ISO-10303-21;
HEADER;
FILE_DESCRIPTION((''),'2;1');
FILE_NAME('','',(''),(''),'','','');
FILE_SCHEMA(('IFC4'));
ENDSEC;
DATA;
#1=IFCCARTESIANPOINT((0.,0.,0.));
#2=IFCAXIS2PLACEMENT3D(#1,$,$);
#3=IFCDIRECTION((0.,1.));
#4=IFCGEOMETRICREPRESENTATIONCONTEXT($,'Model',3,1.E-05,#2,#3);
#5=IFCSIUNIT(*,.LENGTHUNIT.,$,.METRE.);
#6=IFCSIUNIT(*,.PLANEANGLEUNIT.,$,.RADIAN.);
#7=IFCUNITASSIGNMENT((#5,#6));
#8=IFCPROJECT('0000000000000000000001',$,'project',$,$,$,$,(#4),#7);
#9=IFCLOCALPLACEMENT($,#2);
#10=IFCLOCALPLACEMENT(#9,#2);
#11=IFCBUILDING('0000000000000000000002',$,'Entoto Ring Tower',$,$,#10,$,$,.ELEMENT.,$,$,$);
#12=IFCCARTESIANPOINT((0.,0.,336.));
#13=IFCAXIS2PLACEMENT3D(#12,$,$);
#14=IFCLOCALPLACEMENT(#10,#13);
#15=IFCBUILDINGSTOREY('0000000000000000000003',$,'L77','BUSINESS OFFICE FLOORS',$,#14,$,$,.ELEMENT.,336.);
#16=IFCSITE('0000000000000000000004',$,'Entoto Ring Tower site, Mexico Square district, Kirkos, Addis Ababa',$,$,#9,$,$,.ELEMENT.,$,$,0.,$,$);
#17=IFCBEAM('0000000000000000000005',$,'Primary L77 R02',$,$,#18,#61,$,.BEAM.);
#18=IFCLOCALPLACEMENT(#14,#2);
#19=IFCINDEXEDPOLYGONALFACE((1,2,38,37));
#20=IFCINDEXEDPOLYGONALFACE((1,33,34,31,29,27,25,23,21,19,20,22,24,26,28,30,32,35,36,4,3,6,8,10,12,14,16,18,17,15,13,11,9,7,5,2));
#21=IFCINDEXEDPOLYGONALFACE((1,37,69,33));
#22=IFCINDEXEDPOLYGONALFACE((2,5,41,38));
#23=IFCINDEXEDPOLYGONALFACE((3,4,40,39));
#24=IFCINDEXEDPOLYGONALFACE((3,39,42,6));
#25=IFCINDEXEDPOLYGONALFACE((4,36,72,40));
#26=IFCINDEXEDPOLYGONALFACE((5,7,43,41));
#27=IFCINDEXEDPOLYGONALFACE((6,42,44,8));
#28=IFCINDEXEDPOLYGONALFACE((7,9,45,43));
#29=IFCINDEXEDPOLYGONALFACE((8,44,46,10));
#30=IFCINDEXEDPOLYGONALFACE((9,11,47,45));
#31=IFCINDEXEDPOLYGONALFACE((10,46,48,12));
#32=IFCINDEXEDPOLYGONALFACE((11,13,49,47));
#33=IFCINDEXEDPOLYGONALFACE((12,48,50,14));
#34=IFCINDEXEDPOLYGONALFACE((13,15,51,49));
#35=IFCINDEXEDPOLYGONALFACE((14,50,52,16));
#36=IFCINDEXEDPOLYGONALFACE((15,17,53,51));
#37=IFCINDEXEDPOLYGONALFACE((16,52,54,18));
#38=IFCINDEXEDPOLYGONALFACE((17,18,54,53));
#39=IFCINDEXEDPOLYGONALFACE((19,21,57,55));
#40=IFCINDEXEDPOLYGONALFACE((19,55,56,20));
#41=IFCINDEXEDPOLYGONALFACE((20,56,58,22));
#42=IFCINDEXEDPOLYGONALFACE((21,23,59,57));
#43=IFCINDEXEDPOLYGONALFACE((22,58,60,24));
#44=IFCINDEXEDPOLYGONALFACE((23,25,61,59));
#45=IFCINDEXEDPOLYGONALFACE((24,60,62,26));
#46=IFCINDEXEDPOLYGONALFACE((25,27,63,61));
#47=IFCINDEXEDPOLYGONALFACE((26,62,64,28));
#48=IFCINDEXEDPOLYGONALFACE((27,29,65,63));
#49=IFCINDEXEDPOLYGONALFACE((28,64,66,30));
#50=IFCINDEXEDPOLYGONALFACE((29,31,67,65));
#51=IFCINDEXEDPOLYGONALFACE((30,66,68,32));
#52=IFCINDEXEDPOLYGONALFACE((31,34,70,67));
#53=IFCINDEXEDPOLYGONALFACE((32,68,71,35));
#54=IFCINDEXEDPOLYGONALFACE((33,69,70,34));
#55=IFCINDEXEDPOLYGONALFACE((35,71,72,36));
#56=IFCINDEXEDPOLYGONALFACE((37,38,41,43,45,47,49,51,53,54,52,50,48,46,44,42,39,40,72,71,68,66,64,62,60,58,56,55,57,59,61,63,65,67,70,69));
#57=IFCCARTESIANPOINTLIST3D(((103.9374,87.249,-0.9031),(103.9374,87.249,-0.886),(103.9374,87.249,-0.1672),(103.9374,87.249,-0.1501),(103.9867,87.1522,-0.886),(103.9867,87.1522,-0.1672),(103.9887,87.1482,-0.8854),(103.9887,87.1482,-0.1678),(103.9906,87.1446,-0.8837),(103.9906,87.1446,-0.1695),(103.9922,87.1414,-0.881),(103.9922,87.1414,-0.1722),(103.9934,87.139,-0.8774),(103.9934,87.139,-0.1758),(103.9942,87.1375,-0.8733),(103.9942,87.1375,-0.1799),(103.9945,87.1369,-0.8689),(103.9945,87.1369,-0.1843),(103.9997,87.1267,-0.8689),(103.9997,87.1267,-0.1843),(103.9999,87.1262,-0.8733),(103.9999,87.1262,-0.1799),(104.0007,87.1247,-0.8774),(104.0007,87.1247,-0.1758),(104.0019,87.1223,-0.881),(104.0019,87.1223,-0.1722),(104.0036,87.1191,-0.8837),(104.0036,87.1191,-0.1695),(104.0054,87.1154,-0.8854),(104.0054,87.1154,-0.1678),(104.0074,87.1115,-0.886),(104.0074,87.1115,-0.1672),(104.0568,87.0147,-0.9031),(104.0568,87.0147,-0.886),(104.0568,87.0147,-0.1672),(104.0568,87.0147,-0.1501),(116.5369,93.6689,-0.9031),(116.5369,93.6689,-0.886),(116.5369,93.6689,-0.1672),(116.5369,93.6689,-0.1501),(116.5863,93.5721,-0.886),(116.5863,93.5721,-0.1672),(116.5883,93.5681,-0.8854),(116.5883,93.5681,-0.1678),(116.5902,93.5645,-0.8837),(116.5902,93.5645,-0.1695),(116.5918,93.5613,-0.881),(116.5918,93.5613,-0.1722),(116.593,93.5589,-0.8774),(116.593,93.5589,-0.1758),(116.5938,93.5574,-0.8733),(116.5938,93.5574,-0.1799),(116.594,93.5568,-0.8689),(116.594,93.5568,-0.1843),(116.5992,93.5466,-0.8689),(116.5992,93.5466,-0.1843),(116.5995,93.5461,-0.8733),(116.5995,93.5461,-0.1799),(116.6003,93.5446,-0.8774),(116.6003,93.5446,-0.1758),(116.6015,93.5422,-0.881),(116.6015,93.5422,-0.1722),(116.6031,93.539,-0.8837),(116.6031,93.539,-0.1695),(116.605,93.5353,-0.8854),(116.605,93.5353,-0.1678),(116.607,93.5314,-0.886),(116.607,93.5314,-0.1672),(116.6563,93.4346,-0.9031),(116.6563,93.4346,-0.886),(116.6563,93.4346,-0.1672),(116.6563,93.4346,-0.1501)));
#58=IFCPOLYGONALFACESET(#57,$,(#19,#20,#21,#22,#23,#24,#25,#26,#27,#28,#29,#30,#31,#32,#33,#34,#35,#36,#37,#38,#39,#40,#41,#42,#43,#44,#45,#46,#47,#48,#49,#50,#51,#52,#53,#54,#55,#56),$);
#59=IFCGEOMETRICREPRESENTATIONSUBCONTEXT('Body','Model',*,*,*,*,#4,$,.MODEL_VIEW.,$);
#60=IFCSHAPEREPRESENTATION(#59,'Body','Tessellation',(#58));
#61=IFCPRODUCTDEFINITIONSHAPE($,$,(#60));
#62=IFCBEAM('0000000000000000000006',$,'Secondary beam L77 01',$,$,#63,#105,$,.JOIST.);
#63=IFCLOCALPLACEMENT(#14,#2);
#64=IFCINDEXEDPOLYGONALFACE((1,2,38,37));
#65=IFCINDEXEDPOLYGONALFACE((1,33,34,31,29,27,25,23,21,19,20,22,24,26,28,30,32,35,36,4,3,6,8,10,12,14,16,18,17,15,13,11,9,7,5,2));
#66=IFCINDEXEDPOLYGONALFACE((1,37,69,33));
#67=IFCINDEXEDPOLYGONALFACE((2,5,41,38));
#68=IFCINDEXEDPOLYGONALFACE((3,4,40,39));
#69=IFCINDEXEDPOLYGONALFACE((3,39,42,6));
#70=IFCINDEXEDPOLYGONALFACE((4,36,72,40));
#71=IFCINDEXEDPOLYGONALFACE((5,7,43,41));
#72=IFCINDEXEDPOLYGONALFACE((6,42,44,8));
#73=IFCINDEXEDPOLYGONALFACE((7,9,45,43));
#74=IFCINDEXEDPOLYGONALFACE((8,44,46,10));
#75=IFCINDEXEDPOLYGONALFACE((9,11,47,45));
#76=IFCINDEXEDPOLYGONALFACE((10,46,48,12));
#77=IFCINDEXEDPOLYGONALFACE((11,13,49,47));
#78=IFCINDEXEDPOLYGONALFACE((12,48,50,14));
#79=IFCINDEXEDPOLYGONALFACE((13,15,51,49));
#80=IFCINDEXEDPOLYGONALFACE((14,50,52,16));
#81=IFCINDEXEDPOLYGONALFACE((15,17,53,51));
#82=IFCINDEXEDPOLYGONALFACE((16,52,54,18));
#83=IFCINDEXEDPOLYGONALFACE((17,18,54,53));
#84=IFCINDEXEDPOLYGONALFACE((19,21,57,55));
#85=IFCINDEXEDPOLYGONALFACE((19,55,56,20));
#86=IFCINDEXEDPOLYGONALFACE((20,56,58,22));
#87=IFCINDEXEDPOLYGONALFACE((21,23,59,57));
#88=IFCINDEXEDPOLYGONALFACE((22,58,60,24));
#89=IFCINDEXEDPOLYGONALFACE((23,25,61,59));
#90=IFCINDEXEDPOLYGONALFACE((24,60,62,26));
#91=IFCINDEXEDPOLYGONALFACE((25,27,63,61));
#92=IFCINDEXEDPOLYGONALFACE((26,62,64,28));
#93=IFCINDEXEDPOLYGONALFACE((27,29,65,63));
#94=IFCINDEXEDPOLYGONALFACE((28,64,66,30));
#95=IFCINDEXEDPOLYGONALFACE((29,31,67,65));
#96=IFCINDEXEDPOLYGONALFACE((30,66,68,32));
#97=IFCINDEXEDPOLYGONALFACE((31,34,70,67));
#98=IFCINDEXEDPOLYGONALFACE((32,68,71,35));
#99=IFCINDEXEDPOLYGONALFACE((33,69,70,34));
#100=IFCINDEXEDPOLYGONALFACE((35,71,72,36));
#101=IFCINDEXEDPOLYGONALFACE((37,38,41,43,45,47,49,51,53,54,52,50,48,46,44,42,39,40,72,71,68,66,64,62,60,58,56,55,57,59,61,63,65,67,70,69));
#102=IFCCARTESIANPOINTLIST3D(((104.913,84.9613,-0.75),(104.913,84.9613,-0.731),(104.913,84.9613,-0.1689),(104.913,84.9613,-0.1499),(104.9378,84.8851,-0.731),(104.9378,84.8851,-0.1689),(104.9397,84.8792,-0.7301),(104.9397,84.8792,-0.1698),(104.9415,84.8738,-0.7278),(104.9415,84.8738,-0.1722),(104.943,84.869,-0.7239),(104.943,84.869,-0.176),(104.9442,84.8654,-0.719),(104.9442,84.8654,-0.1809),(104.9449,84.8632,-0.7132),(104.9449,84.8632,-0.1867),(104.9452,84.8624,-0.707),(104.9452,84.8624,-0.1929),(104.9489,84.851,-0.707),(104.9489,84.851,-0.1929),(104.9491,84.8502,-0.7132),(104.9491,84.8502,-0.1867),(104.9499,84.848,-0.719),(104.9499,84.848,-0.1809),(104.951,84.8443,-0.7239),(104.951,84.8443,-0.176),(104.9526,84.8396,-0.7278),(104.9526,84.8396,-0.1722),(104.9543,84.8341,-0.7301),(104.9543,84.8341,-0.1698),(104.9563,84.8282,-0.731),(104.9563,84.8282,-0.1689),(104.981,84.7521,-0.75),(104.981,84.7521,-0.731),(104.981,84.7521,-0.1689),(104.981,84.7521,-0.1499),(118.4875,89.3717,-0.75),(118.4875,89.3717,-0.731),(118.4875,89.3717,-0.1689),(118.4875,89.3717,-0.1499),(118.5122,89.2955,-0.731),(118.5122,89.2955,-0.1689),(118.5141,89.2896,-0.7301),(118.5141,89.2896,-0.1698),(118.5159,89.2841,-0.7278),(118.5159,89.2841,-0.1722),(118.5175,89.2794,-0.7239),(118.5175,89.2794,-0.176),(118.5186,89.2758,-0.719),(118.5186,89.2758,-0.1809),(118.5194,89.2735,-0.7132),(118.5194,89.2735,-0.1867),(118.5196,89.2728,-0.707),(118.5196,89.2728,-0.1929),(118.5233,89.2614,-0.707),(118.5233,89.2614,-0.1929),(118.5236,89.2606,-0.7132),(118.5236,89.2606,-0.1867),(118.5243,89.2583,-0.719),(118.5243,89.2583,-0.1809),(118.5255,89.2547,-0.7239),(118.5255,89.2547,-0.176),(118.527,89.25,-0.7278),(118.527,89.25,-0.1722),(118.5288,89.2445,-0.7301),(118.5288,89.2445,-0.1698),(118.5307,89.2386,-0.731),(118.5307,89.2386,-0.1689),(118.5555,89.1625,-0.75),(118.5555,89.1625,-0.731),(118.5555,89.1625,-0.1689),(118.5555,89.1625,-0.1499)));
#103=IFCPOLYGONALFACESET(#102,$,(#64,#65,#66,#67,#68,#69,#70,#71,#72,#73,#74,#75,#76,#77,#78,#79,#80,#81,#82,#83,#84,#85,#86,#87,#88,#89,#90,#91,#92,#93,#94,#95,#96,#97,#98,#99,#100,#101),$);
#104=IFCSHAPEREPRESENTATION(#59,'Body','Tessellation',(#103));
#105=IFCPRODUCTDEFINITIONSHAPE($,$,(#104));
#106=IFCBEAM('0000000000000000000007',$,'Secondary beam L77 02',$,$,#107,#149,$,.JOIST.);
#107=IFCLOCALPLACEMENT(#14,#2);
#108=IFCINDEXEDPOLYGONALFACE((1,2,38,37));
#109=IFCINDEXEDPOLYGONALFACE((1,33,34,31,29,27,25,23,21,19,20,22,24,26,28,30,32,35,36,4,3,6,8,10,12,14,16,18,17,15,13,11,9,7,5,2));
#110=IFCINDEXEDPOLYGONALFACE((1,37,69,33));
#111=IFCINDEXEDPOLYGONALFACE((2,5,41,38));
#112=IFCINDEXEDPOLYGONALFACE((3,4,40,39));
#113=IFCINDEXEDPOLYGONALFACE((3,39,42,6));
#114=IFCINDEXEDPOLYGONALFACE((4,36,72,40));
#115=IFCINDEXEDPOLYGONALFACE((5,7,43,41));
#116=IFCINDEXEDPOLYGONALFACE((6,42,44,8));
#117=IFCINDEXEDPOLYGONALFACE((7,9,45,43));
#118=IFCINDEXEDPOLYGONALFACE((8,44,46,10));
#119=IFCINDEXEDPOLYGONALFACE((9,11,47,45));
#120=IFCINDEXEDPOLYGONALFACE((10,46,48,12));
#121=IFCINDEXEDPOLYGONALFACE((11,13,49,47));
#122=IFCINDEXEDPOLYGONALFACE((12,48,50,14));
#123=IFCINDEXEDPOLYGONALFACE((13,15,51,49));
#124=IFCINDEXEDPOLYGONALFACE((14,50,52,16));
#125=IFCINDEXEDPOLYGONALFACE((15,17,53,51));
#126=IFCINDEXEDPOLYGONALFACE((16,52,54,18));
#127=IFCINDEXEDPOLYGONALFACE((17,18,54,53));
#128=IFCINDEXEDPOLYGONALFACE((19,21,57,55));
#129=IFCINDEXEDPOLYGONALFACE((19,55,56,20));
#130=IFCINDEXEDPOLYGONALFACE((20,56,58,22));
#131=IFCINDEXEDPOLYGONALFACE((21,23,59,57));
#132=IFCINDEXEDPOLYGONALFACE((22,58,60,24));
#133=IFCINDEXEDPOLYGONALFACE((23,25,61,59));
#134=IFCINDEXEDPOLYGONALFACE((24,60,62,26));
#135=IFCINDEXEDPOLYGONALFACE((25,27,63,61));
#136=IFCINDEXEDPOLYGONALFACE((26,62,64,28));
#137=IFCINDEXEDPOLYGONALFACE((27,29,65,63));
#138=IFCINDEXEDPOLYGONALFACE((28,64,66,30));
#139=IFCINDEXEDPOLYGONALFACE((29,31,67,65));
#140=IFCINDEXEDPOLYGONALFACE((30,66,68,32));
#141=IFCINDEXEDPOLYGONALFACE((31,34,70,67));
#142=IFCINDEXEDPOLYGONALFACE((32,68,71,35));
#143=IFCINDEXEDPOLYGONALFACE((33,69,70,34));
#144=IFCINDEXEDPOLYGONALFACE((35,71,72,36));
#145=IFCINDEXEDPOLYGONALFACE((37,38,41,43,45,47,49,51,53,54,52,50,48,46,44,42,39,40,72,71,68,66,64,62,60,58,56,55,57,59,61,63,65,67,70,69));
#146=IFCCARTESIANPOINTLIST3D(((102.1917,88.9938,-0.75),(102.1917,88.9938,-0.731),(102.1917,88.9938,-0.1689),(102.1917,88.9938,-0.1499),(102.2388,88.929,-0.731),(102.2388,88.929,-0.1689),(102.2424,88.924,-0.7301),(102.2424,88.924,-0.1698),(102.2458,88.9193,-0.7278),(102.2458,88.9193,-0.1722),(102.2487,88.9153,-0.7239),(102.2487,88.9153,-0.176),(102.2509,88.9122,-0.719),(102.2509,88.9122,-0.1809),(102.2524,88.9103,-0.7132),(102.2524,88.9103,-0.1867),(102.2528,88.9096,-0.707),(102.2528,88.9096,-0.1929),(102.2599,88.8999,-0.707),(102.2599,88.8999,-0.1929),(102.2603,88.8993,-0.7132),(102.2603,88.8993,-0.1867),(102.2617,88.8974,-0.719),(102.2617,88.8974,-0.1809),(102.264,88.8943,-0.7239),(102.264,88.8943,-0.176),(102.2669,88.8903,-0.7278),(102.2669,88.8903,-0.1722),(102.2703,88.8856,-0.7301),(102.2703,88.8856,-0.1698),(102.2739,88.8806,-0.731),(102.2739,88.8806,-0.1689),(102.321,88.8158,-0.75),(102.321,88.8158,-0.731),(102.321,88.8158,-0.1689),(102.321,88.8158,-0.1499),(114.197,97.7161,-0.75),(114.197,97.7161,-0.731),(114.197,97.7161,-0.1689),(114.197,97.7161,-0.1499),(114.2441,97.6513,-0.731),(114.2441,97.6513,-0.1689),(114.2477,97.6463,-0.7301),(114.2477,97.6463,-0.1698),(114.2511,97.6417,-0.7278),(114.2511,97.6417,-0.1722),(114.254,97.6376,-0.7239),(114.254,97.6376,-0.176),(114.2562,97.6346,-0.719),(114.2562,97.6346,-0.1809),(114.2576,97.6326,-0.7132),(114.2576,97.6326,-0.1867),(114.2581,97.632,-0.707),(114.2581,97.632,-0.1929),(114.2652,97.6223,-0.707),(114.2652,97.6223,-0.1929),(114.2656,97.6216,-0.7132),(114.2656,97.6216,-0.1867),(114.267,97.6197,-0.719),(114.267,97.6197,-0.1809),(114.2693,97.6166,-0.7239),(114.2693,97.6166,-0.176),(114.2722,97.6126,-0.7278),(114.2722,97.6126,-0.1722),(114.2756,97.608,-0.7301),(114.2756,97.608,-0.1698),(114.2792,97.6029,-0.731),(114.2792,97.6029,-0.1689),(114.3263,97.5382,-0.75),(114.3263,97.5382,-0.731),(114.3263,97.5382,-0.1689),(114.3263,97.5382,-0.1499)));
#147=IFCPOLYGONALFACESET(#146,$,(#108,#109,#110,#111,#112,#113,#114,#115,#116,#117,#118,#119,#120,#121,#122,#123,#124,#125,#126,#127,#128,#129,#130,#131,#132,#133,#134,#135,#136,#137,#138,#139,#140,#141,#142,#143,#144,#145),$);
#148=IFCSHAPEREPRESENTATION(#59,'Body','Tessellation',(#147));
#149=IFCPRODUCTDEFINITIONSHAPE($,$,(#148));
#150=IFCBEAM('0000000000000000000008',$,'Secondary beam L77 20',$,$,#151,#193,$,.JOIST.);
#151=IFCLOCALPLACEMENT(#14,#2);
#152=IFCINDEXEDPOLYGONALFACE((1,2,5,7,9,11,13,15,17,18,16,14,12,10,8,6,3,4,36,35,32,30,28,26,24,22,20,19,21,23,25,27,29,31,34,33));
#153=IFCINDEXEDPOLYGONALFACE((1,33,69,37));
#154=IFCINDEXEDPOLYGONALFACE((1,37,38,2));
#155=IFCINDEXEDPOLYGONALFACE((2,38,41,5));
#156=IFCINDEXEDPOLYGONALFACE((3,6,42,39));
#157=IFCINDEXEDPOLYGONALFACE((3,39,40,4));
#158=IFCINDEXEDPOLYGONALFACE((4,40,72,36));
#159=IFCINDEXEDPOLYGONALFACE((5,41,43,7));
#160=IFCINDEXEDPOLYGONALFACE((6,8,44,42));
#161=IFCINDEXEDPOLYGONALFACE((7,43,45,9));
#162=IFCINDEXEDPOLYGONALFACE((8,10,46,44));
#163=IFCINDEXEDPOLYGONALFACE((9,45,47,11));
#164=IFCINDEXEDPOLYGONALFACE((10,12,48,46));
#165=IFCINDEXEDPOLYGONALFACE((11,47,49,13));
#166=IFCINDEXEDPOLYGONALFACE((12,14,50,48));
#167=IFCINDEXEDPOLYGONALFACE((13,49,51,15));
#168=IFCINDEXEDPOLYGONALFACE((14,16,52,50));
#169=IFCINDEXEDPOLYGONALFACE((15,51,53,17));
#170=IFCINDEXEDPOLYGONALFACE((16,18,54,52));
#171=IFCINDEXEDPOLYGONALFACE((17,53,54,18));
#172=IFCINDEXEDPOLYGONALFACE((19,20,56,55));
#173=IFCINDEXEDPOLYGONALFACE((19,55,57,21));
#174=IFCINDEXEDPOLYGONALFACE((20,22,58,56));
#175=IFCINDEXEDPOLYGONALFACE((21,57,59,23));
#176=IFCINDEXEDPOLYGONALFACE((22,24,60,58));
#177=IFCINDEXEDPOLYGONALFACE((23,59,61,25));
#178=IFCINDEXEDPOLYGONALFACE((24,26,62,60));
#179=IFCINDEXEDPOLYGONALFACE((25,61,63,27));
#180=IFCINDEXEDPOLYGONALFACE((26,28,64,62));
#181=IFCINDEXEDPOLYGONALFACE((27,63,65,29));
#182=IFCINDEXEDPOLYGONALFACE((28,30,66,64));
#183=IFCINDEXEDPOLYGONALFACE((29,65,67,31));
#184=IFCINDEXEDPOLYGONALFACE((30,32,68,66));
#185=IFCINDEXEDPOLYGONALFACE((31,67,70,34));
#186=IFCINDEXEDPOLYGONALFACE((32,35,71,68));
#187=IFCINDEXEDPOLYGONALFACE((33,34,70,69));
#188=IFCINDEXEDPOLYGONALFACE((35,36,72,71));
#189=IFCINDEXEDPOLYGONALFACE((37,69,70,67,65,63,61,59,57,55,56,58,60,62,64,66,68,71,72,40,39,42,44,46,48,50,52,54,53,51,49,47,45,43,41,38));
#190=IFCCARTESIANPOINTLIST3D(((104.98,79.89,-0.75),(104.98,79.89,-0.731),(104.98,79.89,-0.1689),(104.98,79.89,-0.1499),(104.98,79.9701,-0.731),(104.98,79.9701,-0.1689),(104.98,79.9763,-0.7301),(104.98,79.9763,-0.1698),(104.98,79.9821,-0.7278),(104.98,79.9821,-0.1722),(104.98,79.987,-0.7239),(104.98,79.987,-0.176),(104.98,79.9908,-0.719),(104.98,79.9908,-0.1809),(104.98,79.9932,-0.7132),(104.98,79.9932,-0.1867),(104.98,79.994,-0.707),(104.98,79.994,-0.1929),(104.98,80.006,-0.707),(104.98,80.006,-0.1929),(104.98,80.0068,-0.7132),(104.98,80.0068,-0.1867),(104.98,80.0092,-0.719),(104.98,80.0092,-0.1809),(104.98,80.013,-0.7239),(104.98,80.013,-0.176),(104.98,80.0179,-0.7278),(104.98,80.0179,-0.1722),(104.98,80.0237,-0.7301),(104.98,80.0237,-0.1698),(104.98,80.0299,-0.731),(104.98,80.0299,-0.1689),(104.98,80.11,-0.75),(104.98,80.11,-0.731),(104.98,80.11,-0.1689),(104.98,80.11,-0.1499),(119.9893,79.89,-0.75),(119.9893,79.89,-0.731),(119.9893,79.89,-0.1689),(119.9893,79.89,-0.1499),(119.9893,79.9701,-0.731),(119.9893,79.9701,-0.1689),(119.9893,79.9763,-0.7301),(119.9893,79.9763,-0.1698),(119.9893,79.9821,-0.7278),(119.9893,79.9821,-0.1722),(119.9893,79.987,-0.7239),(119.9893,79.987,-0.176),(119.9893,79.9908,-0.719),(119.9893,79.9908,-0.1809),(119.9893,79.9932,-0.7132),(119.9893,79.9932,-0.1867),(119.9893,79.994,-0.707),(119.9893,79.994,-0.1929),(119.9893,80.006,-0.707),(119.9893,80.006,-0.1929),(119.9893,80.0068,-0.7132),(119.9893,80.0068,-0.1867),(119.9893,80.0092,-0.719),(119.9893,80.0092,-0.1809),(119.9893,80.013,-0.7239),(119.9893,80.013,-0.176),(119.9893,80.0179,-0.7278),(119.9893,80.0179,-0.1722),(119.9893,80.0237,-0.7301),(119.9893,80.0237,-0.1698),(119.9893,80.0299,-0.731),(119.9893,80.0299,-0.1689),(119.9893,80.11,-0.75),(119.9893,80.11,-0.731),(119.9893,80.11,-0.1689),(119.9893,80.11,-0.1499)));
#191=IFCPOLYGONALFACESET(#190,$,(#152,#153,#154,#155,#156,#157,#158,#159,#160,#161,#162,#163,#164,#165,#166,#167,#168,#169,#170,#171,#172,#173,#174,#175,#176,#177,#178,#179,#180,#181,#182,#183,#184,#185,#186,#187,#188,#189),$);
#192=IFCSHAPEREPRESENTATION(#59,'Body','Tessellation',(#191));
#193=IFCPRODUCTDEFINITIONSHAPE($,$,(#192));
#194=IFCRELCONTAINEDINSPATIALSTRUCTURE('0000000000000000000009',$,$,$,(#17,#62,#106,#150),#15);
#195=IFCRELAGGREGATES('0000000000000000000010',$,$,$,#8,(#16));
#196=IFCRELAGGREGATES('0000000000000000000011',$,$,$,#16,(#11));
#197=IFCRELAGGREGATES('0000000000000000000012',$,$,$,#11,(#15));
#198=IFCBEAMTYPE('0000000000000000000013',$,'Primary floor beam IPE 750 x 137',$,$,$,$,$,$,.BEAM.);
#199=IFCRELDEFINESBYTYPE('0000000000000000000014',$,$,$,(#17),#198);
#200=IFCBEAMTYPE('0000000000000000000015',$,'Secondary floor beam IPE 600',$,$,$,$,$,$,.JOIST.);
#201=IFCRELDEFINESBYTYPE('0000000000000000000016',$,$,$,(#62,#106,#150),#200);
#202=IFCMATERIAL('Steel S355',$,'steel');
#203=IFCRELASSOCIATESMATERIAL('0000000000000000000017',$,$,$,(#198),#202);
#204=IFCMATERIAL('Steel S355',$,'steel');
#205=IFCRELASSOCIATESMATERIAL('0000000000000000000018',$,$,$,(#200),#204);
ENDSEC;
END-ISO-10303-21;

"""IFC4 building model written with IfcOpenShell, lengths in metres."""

from ifc_helpers import new_model, si_unit, direction, frame, origin, origin_2d, place, context, subcontext, project, spatial, i_section, extrude, material, material_profile, profile_set, type_object, element, save


model = new_model("IFC4")

# Units and contexts
model_context = context("Model", 3, precision=1e-05, world=origin(), true_north=direction((0.0, 1.0)))
body_context = subcontext(model_context, "Body", "Model", "MODEL_VIEW")
ifc_project = project(units=[si_unit("LENGTHUNIT", "METRE"), si_unit("PLANEANGLEUNIT", "RADIAN")], contexts=[model_context])

# Site, building, storey
site_placement = place(None, origin())
site = spatial("IfcSite", under=ifc_project, at=site_placement, Name="Entoto Ring Tower site, Mexico Square district, Kirkos, Addis Ababa", CompositionType="ELEMENT", RefElevation=0.0)
building_placement = place(site_placement, origin())
building = spatial("IfcBuilding", under=site, at=building_placement, Name="Entoto Ring Tower", CompositionType="ELEMENT")
storey_placement = place(building_placement, frame((0.0, 0.0, 336.0)))
storey = spatial("IfcBuildingStorey", under=building, at=storey_placement, Name="L77", Description="BUSINESS OFFICE FLOORS", CompositionType="ELEMENT", Elevation=336.0)

# Beams
ifc_material_1 = material(Name="Steel S355", Category="steel")
ifc_material_profile_1 = material_profile(ifc_material_1, i_section(OverallWidth=0.2629, OverallDepth=0.7529, WebThickness=0.0115, FlangeThickness=0.0171, FilletRadius=0.0171, at=origin_2d()), Name="IPE 750 x 137")
ifc_profile_set_1 = profile_set([ifc_material_profile_1], Name="Steel S355")
beam_type_1 = type_object("IfcBeamType", Name="Primary floor beam IPE 750 x 137", PredefinedType="BEAM", material=ifc_profile_set_1)
beam_1_placement = place(storey_placement, frame((103.9971, 87.1318, -0.5266), z_axis=(0.891004, 0.453996, 0.0), x_axis=(-0.453996, 0.891004, 0.0)))
element("IfcBeam", 1, at=beam_1_placement, inside=storey, type_object=beam_type_1, Name="Primary L77 R02", PredefinedType="BEAM", context=body_context, shape_type="SweptSolid", body=[
    extrude(i_section(OverallWidth=0.2629, OverallDepth=0.7529, WebThickness=0.0115, FlangeThickness=0.0171, FilletRadius=0.0171, at=origin_2d()), origin(), (0.0, 0.0, 1.0), 14.1409),
])
ifc_material_2 = material(Name="Steel S355", Category="steel")
ifc_material_profile_2 = material_profile(ifc_material_2, i_section(OverallWidth=0.22, OverallDepth=0.6001, WebThickness=0.012, FlangeThickness=0.019, FilletRadius=0.0239, at=origin_2d()), Name="IPE 600")
ifc_profile_set_2 = profile_set([ifc_material_profile_2], Name="Steel S355")
beam_type_2 = type_object("IfcBeamType", Name="Secondary floor beam IPE 600", PredefinedType="JOIST", material=ifc_profile_set_2)
beam_2_placement = place(storey_placement, frame((104.947, 84.8567, -0.45), z_axis=(0.951061, 0.309004, 0.0), x_axis=(-0.309004, 0.951061, 0.0)))
element("IfcBeam", 2, at=beam_2_placement, inside=storey, type_object=beam_type_2, Name="Secondary beam L77 01", PredefinedType="JOIST", context=body_context, shape_type="SweptSolid", body=[
    extrude(i_section(OverallWidth=0.22, OverallDepth=0.6001, WebThickness=0.012, FlangeThickness=0.019, FilletRadius=0.0239, at=origin_2d()), origin(), (0.0, 0.0, 1.0), 14.2729),
])
beam_3_placement = place(storey_placement, frame((102.2563, 88.9048, -0.45), z_axis=(0.809017, 0.587785, 0.0), x_axis=(-0.587785, 0.809017, 0.0)))
element("IfcBeam", 3, at=beam_3_placement, inside=storey, type_object=beam_type_2, Name="Secondary beam L77 02", PredefinedType="JOIST", context=body_context, shape_type="SweptSolid", body=[
    extrude(i_section(OverallWidth=0.22, OverallDepth=0.6001, WebThickness=0.012, FlangeThickness=0.019, FilletRadius=0.0239, at=origin_2d()), origin(), (0.0, 0.0, 1.0), 14.8394),
])
beam_4_placement = place(storey_placement, frame((104.98, 80.0, -0.45), z_axis=(1.0, 0.0, 0.0), x_axis=(0.0, 1.0, 0.0)))
element("IfcBeam", 4, at=beam_4_placement, inside=storey, type_object=beam_type_2, Name="Secondary beam L77 20", PredefinedType="JOIST", context=body_context, shape_type="SweptSolid", body=[
    extrude(i_section(OverallWidth=0.22, OverallDepth=0.6001, WebThickness=0.012, FlangeThickness=0.019, FilletRadius=0.0239, at=origin_2d()), origin(), (0.0, 0.0, 1.0), 15.0093),
])

save(model, "model.ifc")
